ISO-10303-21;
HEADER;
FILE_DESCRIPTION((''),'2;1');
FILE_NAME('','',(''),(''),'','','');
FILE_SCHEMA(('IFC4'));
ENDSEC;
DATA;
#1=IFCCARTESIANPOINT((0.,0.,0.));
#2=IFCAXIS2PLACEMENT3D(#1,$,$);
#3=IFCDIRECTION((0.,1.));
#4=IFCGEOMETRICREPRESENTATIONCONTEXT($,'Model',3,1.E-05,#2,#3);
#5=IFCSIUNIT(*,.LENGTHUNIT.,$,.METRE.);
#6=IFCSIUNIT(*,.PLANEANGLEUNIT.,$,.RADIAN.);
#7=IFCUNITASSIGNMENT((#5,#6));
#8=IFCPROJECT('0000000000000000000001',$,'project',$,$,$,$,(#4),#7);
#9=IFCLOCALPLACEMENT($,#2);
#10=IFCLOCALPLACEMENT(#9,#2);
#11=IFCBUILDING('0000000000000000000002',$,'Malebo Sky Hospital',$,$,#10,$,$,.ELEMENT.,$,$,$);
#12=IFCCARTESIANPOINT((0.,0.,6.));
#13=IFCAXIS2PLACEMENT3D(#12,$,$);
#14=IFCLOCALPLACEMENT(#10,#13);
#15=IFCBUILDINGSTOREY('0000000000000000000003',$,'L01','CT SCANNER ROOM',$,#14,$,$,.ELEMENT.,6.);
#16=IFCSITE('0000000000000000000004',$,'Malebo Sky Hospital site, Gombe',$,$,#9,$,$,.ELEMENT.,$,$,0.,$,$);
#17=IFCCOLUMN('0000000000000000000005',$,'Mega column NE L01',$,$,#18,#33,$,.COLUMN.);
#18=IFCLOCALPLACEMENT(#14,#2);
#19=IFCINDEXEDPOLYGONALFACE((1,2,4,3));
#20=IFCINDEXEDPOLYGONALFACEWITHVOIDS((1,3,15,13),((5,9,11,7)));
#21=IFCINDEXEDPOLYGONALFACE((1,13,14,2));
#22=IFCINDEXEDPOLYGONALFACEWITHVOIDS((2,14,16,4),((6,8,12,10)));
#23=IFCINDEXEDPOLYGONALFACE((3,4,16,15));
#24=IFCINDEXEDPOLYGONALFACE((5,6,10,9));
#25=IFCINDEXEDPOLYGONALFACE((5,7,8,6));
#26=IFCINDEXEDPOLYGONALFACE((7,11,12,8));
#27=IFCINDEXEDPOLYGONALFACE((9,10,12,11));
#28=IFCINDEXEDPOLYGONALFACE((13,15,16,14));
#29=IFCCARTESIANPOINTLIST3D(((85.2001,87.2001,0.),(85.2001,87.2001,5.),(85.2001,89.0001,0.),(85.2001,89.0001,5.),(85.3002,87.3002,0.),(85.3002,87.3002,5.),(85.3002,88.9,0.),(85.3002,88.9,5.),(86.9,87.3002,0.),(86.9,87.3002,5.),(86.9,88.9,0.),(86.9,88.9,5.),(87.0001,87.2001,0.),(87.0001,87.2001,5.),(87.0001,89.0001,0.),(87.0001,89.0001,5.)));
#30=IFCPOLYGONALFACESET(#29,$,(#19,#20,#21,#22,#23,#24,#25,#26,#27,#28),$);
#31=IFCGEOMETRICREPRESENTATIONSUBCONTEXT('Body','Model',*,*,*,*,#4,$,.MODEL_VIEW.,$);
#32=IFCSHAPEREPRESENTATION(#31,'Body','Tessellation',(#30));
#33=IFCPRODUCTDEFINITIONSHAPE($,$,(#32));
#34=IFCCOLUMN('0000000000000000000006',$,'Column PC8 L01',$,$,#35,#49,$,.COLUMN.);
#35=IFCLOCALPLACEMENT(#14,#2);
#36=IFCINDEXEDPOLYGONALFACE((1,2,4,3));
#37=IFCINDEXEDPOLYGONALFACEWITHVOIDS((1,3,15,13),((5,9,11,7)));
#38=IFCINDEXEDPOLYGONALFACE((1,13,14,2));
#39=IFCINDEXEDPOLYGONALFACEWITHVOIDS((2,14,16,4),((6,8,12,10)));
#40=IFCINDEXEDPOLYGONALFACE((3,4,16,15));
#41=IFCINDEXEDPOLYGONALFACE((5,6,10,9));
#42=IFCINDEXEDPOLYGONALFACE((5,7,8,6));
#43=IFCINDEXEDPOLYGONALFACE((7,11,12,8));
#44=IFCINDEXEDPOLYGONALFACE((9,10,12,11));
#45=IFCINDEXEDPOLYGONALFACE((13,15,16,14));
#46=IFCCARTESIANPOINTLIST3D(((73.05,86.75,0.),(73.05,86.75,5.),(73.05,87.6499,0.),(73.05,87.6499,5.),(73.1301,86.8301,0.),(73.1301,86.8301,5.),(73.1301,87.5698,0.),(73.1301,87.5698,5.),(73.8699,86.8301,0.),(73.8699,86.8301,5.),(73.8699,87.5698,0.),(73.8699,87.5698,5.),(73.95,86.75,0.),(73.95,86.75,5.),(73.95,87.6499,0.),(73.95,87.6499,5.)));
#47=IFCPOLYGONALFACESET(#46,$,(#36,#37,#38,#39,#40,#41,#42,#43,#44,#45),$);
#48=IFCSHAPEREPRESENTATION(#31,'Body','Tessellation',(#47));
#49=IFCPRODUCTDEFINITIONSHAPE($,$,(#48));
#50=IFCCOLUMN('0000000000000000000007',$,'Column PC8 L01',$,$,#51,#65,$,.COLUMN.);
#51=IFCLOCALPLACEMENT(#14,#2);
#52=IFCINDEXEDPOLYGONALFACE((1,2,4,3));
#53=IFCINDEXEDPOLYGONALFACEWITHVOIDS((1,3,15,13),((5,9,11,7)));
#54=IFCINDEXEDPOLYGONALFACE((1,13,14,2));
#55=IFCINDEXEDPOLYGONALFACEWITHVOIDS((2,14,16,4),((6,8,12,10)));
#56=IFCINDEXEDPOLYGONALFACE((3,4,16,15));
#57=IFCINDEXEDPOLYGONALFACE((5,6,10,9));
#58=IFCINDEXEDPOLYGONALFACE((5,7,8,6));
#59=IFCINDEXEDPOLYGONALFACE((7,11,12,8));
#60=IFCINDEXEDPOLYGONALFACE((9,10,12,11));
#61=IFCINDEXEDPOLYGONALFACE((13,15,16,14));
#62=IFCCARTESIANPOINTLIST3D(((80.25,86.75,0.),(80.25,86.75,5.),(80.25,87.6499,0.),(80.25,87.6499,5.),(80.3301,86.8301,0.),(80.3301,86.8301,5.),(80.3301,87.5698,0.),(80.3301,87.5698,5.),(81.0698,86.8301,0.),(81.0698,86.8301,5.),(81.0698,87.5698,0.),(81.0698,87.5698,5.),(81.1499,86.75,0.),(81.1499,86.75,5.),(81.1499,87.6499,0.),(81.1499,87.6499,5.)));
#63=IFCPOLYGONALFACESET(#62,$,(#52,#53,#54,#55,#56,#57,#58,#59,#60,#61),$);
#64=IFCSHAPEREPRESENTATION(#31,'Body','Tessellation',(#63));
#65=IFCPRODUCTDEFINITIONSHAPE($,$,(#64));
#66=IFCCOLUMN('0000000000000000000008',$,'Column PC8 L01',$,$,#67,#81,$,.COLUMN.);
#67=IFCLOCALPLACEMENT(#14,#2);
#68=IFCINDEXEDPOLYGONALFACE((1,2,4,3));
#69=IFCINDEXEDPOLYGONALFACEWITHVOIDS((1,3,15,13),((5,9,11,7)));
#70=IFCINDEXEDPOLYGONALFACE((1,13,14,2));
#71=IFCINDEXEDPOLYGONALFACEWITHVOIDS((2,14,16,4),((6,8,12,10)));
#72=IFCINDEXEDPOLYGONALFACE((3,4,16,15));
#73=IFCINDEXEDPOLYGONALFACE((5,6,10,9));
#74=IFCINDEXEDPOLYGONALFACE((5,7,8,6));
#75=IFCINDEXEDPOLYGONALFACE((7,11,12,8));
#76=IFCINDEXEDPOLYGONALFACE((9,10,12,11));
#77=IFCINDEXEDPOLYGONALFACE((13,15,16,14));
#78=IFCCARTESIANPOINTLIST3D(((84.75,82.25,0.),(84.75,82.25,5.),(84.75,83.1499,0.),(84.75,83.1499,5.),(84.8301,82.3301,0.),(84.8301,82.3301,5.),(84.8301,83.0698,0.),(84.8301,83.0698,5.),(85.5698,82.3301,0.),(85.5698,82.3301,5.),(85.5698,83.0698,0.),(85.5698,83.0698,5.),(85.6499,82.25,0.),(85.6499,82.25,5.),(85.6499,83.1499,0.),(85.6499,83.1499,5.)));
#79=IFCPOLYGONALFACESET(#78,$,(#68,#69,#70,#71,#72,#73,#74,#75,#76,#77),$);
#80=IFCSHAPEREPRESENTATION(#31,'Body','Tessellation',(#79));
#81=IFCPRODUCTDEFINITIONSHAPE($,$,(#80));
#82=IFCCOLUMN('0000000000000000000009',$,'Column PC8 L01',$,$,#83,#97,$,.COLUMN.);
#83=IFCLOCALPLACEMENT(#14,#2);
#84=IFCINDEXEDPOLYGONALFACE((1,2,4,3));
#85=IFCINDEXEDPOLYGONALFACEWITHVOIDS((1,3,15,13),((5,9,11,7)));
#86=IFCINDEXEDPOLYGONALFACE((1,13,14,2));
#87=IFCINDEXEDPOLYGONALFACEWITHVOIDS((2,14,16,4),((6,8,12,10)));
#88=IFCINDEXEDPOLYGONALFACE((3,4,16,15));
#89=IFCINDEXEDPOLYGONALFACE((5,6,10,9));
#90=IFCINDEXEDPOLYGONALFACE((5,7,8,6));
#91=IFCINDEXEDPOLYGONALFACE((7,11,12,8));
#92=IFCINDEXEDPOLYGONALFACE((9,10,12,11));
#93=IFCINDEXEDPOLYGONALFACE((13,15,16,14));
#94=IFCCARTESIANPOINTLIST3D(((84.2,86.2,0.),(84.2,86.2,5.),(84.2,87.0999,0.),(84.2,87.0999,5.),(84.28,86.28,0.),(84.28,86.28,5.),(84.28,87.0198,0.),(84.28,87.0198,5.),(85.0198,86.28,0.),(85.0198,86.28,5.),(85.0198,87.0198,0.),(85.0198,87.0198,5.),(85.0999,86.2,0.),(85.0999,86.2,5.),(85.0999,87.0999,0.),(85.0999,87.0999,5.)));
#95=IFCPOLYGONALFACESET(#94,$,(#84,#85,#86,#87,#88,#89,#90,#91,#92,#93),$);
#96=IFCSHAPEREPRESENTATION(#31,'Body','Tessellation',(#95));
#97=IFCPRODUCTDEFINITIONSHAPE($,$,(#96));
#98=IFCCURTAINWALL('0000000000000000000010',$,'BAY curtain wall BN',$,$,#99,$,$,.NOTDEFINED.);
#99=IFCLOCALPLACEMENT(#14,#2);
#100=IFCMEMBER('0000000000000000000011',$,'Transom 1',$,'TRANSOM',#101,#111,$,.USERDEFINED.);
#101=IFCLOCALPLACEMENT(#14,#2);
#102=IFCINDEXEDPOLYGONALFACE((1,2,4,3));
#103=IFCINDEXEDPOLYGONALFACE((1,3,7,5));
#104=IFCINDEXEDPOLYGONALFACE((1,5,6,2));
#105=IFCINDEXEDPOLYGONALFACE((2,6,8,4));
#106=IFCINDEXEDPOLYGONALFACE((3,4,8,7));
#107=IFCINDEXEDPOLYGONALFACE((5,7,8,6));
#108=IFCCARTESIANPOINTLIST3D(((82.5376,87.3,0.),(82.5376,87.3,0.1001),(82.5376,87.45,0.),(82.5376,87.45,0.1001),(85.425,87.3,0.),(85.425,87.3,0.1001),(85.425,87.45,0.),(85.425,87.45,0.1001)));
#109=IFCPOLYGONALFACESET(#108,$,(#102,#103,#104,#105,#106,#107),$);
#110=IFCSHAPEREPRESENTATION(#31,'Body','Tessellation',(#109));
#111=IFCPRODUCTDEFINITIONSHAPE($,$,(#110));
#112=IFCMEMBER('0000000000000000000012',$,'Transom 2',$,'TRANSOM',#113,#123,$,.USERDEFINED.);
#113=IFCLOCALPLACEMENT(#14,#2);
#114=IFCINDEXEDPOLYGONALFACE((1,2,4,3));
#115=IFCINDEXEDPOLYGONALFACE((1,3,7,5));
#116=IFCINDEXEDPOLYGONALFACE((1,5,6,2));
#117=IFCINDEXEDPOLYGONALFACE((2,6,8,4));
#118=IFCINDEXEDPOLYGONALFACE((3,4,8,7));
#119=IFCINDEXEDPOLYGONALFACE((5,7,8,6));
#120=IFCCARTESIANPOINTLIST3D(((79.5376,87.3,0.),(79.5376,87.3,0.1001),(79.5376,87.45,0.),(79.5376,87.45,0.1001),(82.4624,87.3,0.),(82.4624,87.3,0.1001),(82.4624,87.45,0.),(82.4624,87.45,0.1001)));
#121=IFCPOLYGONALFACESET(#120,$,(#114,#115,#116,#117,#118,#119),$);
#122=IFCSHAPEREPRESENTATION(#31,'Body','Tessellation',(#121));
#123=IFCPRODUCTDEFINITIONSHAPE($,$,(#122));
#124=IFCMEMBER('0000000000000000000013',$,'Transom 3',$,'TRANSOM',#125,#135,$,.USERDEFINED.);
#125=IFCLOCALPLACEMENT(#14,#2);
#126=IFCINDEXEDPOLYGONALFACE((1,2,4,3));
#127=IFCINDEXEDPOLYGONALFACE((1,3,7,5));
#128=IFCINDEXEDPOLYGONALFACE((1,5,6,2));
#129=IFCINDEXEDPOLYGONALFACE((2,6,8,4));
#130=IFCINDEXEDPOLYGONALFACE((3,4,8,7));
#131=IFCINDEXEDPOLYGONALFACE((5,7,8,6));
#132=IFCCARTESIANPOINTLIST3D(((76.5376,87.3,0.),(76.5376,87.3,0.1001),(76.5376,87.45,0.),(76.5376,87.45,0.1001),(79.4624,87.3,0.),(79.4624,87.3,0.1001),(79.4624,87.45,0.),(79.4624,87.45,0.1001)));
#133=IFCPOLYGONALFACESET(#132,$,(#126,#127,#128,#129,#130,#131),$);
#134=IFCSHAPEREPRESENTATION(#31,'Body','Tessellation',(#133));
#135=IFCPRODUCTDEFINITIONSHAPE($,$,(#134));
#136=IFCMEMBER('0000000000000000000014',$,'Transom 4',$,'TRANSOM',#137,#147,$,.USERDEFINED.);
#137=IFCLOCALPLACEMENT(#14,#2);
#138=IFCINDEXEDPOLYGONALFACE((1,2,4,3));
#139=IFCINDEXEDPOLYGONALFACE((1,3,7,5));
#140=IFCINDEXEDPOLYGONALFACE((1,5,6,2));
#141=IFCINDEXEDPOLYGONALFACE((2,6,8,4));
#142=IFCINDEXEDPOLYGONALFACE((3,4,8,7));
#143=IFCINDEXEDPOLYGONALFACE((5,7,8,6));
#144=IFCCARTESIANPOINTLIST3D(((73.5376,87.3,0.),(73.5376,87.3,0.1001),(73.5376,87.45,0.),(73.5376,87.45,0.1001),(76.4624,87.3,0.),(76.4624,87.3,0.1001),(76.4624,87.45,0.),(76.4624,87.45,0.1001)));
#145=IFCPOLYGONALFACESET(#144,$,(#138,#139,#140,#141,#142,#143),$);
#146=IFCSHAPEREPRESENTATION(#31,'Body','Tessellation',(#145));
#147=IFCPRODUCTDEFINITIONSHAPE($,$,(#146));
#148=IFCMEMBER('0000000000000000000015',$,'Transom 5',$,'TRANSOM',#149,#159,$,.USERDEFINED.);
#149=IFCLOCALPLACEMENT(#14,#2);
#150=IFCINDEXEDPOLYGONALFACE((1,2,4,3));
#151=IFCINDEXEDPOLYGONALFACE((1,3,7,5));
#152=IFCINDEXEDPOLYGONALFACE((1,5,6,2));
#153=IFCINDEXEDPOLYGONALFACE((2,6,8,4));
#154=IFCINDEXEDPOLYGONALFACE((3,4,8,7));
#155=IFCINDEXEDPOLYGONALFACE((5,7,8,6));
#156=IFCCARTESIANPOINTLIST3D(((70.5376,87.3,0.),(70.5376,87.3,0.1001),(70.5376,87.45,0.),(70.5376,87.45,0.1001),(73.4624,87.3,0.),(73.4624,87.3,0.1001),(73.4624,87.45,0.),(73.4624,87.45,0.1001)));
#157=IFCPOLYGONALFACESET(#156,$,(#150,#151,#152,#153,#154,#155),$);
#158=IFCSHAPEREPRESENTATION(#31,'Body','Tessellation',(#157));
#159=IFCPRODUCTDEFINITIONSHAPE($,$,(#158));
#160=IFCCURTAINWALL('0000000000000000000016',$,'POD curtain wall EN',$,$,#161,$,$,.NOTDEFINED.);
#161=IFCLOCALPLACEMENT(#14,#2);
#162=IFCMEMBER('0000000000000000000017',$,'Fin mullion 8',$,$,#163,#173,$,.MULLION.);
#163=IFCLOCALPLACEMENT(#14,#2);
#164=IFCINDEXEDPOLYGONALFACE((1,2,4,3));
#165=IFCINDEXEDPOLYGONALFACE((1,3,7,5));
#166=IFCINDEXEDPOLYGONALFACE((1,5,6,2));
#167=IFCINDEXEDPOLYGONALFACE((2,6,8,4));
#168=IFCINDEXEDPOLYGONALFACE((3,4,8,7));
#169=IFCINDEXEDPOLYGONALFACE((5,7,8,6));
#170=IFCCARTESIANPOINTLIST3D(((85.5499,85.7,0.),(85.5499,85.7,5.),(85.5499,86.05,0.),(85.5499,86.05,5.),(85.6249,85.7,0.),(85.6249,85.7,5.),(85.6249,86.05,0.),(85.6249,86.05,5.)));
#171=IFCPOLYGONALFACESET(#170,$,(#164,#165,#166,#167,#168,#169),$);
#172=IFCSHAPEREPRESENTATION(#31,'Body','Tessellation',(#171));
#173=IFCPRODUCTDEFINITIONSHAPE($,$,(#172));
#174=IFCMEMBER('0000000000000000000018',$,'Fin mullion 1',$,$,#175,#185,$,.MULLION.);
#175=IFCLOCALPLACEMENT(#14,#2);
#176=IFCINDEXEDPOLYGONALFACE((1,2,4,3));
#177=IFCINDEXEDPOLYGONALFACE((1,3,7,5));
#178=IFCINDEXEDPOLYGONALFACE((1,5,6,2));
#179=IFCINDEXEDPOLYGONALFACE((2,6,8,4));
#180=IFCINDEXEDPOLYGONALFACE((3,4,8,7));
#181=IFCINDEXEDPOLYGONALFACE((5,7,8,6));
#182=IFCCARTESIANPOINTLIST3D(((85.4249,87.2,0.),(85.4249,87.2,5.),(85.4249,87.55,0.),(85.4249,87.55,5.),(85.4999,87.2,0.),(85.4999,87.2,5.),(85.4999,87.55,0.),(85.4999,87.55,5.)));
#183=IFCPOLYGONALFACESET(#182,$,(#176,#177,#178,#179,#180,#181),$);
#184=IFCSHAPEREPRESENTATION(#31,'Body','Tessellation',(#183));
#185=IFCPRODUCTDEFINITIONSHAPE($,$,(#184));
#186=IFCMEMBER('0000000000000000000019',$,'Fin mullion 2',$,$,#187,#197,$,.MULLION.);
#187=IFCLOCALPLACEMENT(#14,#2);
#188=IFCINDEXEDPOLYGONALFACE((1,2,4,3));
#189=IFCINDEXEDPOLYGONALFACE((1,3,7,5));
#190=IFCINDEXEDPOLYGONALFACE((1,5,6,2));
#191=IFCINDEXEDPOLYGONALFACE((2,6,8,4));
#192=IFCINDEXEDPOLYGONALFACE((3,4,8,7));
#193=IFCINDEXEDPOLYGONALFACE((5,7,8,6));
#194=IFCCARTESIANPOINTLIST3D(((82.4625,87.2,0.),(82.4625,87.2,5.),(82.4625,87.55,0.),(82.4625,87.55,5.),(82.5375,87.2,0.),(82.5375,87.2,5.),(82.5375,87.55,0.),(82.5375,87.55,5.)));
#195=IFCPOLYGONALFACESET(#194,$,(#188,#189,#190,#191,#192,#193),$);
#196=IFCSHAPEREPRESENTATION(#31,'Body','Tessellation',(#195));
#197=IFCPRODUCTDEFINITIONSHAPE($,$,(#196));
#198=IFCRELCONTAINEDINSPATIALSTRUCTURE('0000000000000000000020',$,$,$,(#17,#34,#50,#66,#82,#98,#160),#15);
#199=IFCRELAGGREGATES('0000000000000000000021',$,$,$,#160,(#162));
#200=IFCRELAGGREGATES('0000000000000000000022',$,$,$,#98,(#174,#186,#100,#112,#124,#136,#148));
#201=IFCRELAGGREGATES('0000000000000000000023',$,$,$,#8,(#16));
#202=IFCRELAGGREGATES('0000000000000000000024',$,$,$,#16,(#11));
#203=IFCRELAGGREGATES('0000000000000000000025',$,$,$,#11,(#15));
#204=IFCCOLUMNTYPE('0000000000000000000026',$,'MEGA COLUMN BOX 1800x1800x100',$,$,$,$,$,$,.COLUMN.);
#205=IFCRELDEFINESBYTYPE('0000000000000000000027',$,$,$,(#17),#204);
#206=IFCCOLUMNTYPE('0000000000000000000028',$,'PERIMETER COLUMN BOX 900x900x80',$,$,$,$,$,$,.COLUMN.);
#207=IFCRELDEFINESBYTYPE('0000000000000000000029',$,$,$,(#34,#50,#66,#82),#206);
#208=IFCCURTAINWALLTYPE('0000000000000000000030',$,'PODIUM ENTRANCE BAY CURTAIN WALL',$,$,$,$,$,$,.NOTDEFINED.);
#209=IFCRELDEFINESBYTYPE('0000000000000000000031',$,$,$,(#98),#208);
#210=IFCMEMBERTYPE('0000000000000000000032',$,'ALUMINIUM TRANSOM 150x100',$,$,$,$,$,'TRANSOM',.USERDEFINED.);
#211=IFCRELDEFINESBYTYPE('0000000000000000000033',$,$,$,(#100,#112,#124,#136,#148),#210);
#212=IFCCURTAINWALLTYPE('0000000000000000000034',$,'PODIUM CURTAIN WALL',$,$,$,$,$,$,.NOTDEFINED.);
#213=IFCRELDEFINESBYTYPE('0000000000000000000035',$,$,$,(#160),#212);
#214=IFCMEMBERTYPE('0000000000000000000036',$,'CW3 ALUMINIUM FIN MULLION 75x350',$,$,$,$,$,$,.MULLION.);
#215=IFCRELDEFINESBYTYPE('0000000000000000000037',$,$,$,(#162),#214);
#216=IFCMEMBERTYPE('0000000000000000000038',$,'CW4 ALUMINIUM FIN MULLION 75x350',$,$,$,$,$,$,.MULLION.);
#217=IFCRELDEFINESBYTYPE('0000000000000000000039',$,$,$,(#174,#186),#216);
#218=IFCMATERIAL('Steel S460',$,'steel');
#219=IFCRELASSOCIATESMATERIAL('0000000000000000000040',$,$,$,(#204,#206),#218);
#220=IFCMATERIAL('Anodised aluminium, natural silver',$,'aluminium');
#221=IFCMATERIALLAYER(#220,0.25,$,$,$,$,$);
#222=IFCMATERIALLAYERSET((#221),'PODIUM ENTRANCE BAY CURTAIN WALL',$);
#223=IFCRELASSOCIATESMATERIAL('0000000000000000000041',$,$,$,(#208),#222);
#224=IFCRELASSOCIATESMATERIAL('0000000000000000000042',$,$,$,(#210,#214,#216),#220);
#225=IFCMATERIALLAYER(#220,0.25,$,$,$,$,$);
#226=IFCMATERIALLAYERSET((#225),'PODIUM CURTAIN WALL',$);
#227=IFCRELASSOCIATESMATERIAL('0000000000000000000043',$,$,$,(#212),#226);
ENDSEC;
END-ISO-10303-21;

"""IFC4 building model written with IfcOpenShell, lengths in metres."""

from ifc_helpers import new_model, si_unit, direction, frame, origin, origin_2d, place, context, subcontext, project, spatial, rectangle, hollow_rectangle, extrude, material, layer, layer_set, material_profile, profile_set, type_object, element, aggregate, save


model = new_model("IFC4")

# Units and contexts
model_context = context("Model", 3, precision=1e-05, world=origin(), true_north=direction((0.0, 1.0)))
body_context = subcontext(model_context, "Body", "Model", "MODEL_VIEW")
ifc_project = project(units=[si_unit("LENGTHUNIT", "METRE"), si_unit("PLANEANGLEUNIT", "RADIAN")], contexts=[model_context])

# Site, building, storey
site_placement = place(None, origin())
site = spatial("IfcSite", under=ifc_project, at=site_placement, Name="Malebo Sky Hospital site, Gombe", CompositionType="ELEMENT", RefElevation=0.0)
building_placement = place(site_placement, origin())
building = spatial("IfcBuilding", under=site, at=building_placement, Name="Malebo Sky Hospital", CompositionType="ELEMENT")
storey_placement = place(building_placement, frame((0.0, 0.0, 6.0)))
storey = spatial("IfcBuildingStorey", under=building, at=storey_placement, Name="L01", Description="CT SCANNER ROOM", CompositionType="ELEMENT", Elevation=6.0)

# Columns
ifc_material_1 = material(Name="Steel S460", Category="steel")
ifc_material_profile_1 = material_profile(ifc_material_1, hollow_rectangle(XDim=1.8, YDim=1.8, WallThickness=0.1001, at=origin_2d()), Name="BOX 1800x1800x100")
ifc_profile_set_1 = profile_set([ifc_material_profile_1], Name="Steel S460")
column_type_1 = type_object("IfcColumnType", Name="MEGA COLUMN BOX 1800x1800x100", PredefinedType="COLUMN", material=ifc_profile_set_1)
column_placement = place(storey_placement, frame((86.1001, 88.1001, 0.0), z_axis=(0.0, 0.0, 1.0), x_axis=(1.0, 0.0, 0.0)))
element("IfcColumn", 1, at=column_placement, inside=storey, type_object=column_type_1, Name="Mega column NE L01", PredefinedType="COLUMN", context=body_context, shape_type="SweptSolid", body=[
    extrude(hollow_rectangle(XDim=1.8, YDim=1.8, WallThickness=0.1001, at=origin_2d()), origin(), (0.0, 0.0, 1.0), 5.0),
])
ifc_material_profile_2 = material_profile(ifc_material_1, hollow_rectangle(XDim=0.8999, YDim=0.8999, WallThickness=0.0801, at=origin_2d()), Name="BOX 900x900x80")
ifc_profile_set_2 = profile_set([ifc_material_profile_2], Name="Steel S460")
column_type_2 = type_object("IfcColumnType", Name="PERIMETER COLUMN BOX 900x900x80", PredefinedType="COLUMN", material=ifc_profile_set_2)
for number, where, z_axis, x_axis, name in (
    (2, (73.5, 87.2, 0.0), (0.0, 0.0, 1.0), (1.0, 0.0, 0.0), "Column PC8 L01"),
    (3, (80.7, 87.2, 0.0), (0.0, 0.0, 1.0), (1.0, 0.0, 0.0), "Column PC8 L01"),
    (4, (85.2, 82.7, 0.0), (0.0, 0.0, 1.0), (1.0, 0.0, 0.0), "Column PC8 L01"),
    (5, (84.6499, 86.6499, 0.0), (0.0, 0.0, 1.0), (1.0, 0.0, 0.0), "Column PC8 L01"),
):
    element("IfcColumn", number, at=place(storey_placement, frame(where, z_axis=z_axis, x_axis=x_axis)), inside=storey, type_object=column_type_2, Name=name, PredefinedType="COLUMN", context=body_context, shape_type="SweptSolid", body=[
        extrude(hollow_rectangle(XDim=0.8999, YDim=0.8999, WallThickness=0.0801, at=origin_2d()), origin(), (0.0, 0.0, 1.0), 5.0),
    ])

# Curtain wall, members
ifc_material_2 = material(Name="Anodised aluminium, natural silver", Category="aluminium")
ifc_layer_1 = layer(ifc_material_2, 0.25)
ifc_layer_set_1 = layer_set([ifc_layer_1], Name="PODIUM ENTRANCE BAY CURTAIN WALL")
curtain_wall_type_1 = type_object("IfcCurtainWallType", Name="PODIUM ENTRANCE BAY CURTAIN WALL", PredefinedType="NOTDEFINED", material=ifc_layer_set_1)
curtain_wall_1_placement = place(storey_placement, origin())
curtain_wall_1 = element("IfcCurtainWall", 6, at=curtain_wall_1_placement, inside=storey, type_object=curtain_wall_type_1, Name="BAY curtain wall BN", PredefinedType="NOTDEFINED")
ifc_material_profile_3 = material_profile(ifc_material_2, rectangle(XDim=0.1499, YDim=0.1001, at=origin_2d()), Name="ALUMINIUM TRANSOM 150x100")
ifc_profile_set_3 = profile_set([ifc_material_profile_3], Name="Anodised aluminium, natural silver")
member_type_1 = type_object("IfcMemberType", Name="ALUMINIUM TRANSOM 150x100", ElementType="TRANSOM", PredefinedType="USERDEFINED", material=ifc_profile_set_3)
member_1_placement = place(storey_placement, frame((85.425, 87.375, 0.05), z_axis=(-1.0, 0.0, 0.0), x_axis=(0.0, -1.0, 0.0)))
member_1 = element("IfcMember", 7, at=member_1_placement, type_object=member_type_1, Name="Transom 1", ObjectType="TRANSOM", PredefinedType="USERDEFINED", context=body_context, shape_type="SweptSolid", body=[
    extrude(rectangle(XDim=0.1499, YDim=0.1001, at=origin_2d()), origin(), (0.0, 0.0, 1.0), 2.8875),
])
member_2_placement = place(storey_placement, frame((82.4624, 87.375, 0.05), z_axis=(-1.0, 0.0, 0.0), x_axis=(0.0, -1.0, 0.0)))
member_2 = element("IfcMember", 8, at=member_2_placement, type_object=member_type_1, Name="Transom 2", ObjectType="TRANSOM", PredefinedType="USERDEFINED", context=body_context, shape_type="SweptSolid", body=[
    extrude(rectangle(XDim=0.1499, YDim=0.1001, at=origin_2d()), origin(), (0.0, 0.0, 1.0), 2.9248),
])
member_3_placement = place(storey_placement, frame((79.4624, 87.375, 0.05), z_axis=(-1.0, 0.0, 0.0), x_axis=(0.0, -1.0, 0.0)))
member_3 = element("IfcMember", 9, at=member_3_placement, type_object=member_type_1, Name="Transom 3", ObjectType="TRANSOM", PredefinedType="USERDEFINED", context=body_context, shape_type="SweptSolid", body=[
    extrude(rectangle(XDim=0.1499, YDim=0.1001, at=origin_2d()), origin(), (0.0, 0.0, 1.0), 2.9248),
])
member_4_placement = place(storey_placement, frame((76.4624, 87.375, 0.05), z_axis=(-1.0, 0.0, 0.0), x_axis=(0.0, -1.0, 0.0)))
member_4 = element("IfcMember", 10, at=member_4_placement, type_object=member_type_1, Name="Transom 4", ObjectType="TRANSOM", PredefinedType="USERDEFINED", context=body_context, shape_type="SweptSolid", body=[
    extrude(rectangle(XDim=0.1499, YDim=0.1001, at=origin_2d()), origin(), (0.0, 0.0, 1.0), 2.9248),
])
member_5_placement = place(storey_placement, frame((73.4624, 87.375, 0.05), z_axis=(-1.0, 0.0, 0.0), x_axis=(0.0, -1.0, 0.0)))
member_5 = element("IfcMember", 11, at=member_5_placement, type_object=member_type_1, Name="Transom 5", ObjectType="TRANSOM", PredefinedType="USERDEFINED", context=body_context, shape_type="SweptSolid", body=[
    extrude(rectangle(XDim=0.1499, YDim=0.1001, at=origin_2d()), origin(), (0.0, 0.0, 1.0), 2.9248),
])

# Curtain wall, member
ifc_layer_2 = layer(ifc_material_2, 0.25)
ifc_layer_set_2 = layer_set([ifc_layer_2], Name="PODIUM CURTAIN WALL")
curtain_wall_type_2 = type_object("IfcCurtainWallType", Name="PODIUM CURTAIN WALL", PredefinedType="NOTDEFINED", material=ifc_layer_set_2)
curtain_wall_2_placement = place(storey_placement, origin())
curtain_wall_2 = element("IfcCurtainWall", 12, at=curtain_wall_2_placement, inside=storey, type_object=curtain_wall_type_2, Name="POD curtain wall EN", PredefinedType="NOTDEFINED")
ifc_material_profile_4 = material_profile(ifc_material_2, rectangle(XDim=0.075, YDim=0.3501, at=origin_2d()), Name="CW3 ALUMINIUM FIN MULLION 75x350")
ifc_profile_set_4 = profile_set([ifc_material_profile_4], Name="Anodised aluminium, natural silver")
member_type_2 = type_object("IfcMemberType", Name="CW3 ALUMINIUM FIN MULLION 75x350", PredefinedType="MULLION", material=ifc_profile_set_4)
member_6_placement = place(storey_placement, frame((85.5874, 85.875, 0.0), z_axis=(0.0, 0.0, 1.0), x_axis=(-1.0, 0.0, 0.0)))
member_6 = element("IfcMember", 13, at=member_6_placement, type_object=member_type_2, Name="Fin mullion 8", PredefinedType="MULLION", context=body_context, shape_type="SweptSolid", body=[
    extrude(rectangle(XDim=0.075, YDim=0.3501, at=origin_2d()), origin(), (0.0, 0.0, 1.0), 5.0),
])
aggregate(curtain_wall_2, [member_6])

# Members
ifc_material_profile_5 = material_profile(ifc_material_2, rectangle(XDim=0.075, YDim=0.3501, at=origin_2d()), Name="CW4 ALUMINIUM FIN MULLION 75x350")
ifc_profile_set_5 = profile_set([ifc_material_profile_5], Name="Anodised aluminium, natural silver")
member_type_3 = type_object("IfcMemberType", Name="CW4 ALUMINIUM FIN MULLION 75x350", PredefinedType="MULLION", material=ifc_profile_set_5)
member_7_placement = place(storey_placement, frame((85.4624, 87.375, 0.0), z_axis=(0.0, 0.0, 1.0), x_axis=(-1.0, 0.0, 0.0)))
member_7 = element("IfcMember", 14, at=member_7_placement, type_object=member_type_3, Name="Fin mullion 1", PredefinedType="MULLION", context=body_context, shape_type="SweptSolid", body=[
    extrude(rectangle(XDim=0.075, YDim=0.3501, at=origin_2d()), origin(), (0.0, 0.0, 1.0), 5.0),
])
member_8_placement = place(storey_placement, frame((82.5, 87.375, 0.0), z_axis=(0.0, 0.0, 1.0), x_axis=(-1.0, 0.0, 0.0)))
member_8 = element("IfcMember", 15, at=member_8_placement, type_object=member_type_3, Name="Fin mullion 2", PredefinedType="MULLION", context=body_context, shape_type="SweptSolid", body=[
    extrude(rectangle(XDim=0.075, YDim=0.3501, at=origin_2d()), origin(), (0.0, 0.0, 1.0), 5.0),
])

aggregate(curtain_wall_1, [member_7, member_8, member_1, member_2, member_3, member_4, member_5])

save(model, "model.ifc")
